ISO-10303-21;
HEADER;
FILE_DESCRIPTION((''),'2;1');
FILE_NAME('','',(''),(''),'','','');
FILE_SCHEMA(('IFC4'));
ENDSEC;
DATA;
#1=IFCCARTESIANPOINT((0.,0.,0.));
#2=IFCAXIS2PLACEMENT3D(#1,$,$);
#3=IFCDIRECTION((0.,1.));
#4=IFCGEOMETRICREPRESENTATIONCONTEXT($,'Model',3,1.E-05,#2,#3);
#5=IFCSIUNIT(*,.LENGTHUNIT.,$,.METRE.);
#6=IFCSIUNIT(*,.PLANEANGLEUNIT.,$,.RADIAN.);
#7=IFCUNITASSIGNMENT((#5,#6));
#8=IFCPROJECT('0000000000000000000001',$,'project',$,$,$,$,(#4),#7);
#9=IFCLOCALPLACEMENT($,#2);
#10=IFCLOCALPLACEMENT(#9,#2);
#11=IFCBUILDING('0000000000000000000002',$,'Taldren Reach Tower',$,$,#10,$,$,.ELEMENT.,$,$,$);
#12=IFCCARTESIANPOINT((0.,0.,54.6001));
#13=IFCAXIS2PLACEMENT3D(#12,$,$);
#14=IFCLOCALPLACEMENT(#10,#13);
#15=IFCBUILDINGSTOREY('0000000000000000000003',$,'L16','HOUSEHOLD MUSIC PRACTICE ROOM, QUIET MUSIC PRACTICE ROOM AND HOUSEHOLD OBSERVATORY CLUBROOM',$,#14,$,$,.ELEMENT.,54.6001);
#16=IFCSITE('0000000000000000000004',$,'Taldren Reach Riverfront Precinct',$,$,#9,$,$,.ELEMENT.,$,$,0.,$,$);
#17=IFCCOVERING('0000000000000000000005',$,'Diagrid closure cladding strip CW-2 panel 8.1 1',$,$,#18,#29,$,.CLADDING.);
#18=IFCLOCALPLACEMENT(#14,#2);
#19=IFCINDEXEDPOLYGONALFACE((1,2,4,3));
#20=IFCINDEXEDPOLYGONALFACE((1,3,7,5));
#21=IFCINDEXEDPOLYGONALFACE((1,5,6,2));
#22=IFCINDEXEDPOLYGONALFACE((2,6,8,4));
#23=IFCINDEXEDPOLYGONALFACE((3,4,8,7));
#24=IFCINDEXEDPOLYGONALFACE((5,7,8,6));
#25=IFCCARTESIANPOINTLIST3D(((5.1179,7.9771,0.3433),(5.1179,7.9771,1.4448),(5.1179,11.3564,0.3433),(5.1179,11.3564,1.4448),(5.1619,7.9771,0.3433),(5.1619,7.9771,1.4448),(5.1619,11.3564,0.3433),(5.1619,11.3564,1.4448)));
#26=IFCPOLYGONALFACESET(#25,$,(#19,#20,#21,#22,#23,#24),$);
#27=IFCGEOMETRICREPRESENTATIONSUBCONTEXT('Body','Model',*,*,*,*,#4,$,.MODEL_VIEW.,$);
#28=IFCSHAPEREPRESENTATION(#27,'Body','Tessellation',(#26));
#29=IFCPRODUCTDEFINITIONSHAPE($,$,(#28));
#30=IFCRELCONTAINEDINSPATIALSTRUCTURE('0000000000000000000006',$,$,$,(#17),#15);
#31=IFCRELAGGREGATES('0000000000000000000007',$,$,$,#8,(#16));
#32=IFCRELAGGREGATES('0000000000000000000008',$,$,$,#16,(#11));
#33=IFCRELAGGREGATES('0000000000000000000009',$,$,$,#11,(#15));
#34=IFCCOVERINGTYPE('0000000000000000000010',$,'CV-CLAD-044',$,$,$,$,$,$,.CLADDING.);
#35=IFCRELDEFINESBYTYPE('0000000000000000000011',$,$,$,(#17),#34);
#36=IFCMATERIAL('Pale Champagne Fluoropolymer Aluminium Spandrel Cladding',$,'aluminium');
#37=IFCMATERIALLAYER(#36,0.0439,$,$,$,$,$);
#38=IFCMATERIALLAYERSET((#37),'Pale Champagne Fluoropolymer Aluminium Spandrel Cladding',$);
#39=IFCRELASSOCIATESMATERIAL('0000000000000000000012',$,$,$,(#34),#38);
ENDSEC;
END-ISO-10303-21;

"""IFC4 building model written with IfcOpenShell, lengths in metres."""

from ifc_helpers import new_model, si_unit, direction, frame, origin, origin_2d, place, context, subcontext, project, spatial, rectangle, extrude, source, transform, mapped, material, layer, layer_set, type_object, element, save


model = new_model("IFC4")

# Units and contexts
model_context = context("Model", 3, precision=1e-05, world=origin(), true_north=direction((0.0, 1.0)))
body_context = subcontext(model_context, "Body", "Model", "MODEL_VIEW")
ifc_project = project(units=[si_unit("LENGTHUNIT", "METRE"), si_unit("PLANEANGLEUNIT", "RADIAN")], contexts=[model_context])

# Site, building, storey
site_placement = place(None, origin())
site = spatial("IfcSite", under=ifc_project, at=site_placement, Name="Taldren Reach Riverfront Precinct", CompositionType="ELEMENT", RefElevation=0.0)
building_placement = place(site_placement, origin())
building = spatial("IfcBuilding", under=site, at=building_placement, Name="Taldren Reach Tower", CompositionType="ELEMENT")
storey_placement = place(building_placement, frame((0.0, 0.0, 54.6001)))
storey = spatial("IfcBuildingStorey", under=building, at=storey_placement, Name="L16", Description="HOUSEHOLD MUSIC PRACTICE ROOM, QUIET MUSIC PRACTICE ROOM AND HOUSEHOLD OBSERVATORY CLUBROOM", CompositionType="ELEMENT", Elevation=54.6001)

# Covering
ifc_material_1 = material(Name="Pale Champagne Fluoropolymer Aluminium Spandrel Cladding", Category="aluminium")
ifc_layer_1 = layer(ifc_material_1, 0.0439)
ifc_layer_set_1 = layer_set([ifc_layer_1], Name="Pale Champagne Fluoropolymer Aluminium Spandrel Cladding")
covering_type = type_object("IfcCoveringType", Name="CV-CLAD-044", PredefinedType="CLADDING", material=ifc_layer_set_1)
shared_shape_1 = source(origin(), body_context, "Body", "SweptSolid", [
    extrude(rectangle(XDim=3.3794, YDim=0.0439, at=origin_2d()), origin(), (0.0, 0.0, 1.0), 1.1016),
])
for number, where, z_axis, x_axis, name in (
    (1, (5.1399, 9.6667, 0.3433), (0.0, 0.0, 1.0), (0.0, -1.0, 0.0), "Diagrid closure cladding strip CW-2 panel 8.1 1"),
):
    element("IfcCovering", number, at=place(storey_placement, frame(where, z_axis=z_axis, x_axis=x_axis)), inside=storey, type_object=covering_type, Name=name, PredefinedType="CLADDING", context=body_context, shape_type="MappedRepresentation", body=[
        mapped(shared_shape_1, transform((0.0, 0.0, 0.0), scale=1.0)),
    ])

save(model, "model.ifc")
